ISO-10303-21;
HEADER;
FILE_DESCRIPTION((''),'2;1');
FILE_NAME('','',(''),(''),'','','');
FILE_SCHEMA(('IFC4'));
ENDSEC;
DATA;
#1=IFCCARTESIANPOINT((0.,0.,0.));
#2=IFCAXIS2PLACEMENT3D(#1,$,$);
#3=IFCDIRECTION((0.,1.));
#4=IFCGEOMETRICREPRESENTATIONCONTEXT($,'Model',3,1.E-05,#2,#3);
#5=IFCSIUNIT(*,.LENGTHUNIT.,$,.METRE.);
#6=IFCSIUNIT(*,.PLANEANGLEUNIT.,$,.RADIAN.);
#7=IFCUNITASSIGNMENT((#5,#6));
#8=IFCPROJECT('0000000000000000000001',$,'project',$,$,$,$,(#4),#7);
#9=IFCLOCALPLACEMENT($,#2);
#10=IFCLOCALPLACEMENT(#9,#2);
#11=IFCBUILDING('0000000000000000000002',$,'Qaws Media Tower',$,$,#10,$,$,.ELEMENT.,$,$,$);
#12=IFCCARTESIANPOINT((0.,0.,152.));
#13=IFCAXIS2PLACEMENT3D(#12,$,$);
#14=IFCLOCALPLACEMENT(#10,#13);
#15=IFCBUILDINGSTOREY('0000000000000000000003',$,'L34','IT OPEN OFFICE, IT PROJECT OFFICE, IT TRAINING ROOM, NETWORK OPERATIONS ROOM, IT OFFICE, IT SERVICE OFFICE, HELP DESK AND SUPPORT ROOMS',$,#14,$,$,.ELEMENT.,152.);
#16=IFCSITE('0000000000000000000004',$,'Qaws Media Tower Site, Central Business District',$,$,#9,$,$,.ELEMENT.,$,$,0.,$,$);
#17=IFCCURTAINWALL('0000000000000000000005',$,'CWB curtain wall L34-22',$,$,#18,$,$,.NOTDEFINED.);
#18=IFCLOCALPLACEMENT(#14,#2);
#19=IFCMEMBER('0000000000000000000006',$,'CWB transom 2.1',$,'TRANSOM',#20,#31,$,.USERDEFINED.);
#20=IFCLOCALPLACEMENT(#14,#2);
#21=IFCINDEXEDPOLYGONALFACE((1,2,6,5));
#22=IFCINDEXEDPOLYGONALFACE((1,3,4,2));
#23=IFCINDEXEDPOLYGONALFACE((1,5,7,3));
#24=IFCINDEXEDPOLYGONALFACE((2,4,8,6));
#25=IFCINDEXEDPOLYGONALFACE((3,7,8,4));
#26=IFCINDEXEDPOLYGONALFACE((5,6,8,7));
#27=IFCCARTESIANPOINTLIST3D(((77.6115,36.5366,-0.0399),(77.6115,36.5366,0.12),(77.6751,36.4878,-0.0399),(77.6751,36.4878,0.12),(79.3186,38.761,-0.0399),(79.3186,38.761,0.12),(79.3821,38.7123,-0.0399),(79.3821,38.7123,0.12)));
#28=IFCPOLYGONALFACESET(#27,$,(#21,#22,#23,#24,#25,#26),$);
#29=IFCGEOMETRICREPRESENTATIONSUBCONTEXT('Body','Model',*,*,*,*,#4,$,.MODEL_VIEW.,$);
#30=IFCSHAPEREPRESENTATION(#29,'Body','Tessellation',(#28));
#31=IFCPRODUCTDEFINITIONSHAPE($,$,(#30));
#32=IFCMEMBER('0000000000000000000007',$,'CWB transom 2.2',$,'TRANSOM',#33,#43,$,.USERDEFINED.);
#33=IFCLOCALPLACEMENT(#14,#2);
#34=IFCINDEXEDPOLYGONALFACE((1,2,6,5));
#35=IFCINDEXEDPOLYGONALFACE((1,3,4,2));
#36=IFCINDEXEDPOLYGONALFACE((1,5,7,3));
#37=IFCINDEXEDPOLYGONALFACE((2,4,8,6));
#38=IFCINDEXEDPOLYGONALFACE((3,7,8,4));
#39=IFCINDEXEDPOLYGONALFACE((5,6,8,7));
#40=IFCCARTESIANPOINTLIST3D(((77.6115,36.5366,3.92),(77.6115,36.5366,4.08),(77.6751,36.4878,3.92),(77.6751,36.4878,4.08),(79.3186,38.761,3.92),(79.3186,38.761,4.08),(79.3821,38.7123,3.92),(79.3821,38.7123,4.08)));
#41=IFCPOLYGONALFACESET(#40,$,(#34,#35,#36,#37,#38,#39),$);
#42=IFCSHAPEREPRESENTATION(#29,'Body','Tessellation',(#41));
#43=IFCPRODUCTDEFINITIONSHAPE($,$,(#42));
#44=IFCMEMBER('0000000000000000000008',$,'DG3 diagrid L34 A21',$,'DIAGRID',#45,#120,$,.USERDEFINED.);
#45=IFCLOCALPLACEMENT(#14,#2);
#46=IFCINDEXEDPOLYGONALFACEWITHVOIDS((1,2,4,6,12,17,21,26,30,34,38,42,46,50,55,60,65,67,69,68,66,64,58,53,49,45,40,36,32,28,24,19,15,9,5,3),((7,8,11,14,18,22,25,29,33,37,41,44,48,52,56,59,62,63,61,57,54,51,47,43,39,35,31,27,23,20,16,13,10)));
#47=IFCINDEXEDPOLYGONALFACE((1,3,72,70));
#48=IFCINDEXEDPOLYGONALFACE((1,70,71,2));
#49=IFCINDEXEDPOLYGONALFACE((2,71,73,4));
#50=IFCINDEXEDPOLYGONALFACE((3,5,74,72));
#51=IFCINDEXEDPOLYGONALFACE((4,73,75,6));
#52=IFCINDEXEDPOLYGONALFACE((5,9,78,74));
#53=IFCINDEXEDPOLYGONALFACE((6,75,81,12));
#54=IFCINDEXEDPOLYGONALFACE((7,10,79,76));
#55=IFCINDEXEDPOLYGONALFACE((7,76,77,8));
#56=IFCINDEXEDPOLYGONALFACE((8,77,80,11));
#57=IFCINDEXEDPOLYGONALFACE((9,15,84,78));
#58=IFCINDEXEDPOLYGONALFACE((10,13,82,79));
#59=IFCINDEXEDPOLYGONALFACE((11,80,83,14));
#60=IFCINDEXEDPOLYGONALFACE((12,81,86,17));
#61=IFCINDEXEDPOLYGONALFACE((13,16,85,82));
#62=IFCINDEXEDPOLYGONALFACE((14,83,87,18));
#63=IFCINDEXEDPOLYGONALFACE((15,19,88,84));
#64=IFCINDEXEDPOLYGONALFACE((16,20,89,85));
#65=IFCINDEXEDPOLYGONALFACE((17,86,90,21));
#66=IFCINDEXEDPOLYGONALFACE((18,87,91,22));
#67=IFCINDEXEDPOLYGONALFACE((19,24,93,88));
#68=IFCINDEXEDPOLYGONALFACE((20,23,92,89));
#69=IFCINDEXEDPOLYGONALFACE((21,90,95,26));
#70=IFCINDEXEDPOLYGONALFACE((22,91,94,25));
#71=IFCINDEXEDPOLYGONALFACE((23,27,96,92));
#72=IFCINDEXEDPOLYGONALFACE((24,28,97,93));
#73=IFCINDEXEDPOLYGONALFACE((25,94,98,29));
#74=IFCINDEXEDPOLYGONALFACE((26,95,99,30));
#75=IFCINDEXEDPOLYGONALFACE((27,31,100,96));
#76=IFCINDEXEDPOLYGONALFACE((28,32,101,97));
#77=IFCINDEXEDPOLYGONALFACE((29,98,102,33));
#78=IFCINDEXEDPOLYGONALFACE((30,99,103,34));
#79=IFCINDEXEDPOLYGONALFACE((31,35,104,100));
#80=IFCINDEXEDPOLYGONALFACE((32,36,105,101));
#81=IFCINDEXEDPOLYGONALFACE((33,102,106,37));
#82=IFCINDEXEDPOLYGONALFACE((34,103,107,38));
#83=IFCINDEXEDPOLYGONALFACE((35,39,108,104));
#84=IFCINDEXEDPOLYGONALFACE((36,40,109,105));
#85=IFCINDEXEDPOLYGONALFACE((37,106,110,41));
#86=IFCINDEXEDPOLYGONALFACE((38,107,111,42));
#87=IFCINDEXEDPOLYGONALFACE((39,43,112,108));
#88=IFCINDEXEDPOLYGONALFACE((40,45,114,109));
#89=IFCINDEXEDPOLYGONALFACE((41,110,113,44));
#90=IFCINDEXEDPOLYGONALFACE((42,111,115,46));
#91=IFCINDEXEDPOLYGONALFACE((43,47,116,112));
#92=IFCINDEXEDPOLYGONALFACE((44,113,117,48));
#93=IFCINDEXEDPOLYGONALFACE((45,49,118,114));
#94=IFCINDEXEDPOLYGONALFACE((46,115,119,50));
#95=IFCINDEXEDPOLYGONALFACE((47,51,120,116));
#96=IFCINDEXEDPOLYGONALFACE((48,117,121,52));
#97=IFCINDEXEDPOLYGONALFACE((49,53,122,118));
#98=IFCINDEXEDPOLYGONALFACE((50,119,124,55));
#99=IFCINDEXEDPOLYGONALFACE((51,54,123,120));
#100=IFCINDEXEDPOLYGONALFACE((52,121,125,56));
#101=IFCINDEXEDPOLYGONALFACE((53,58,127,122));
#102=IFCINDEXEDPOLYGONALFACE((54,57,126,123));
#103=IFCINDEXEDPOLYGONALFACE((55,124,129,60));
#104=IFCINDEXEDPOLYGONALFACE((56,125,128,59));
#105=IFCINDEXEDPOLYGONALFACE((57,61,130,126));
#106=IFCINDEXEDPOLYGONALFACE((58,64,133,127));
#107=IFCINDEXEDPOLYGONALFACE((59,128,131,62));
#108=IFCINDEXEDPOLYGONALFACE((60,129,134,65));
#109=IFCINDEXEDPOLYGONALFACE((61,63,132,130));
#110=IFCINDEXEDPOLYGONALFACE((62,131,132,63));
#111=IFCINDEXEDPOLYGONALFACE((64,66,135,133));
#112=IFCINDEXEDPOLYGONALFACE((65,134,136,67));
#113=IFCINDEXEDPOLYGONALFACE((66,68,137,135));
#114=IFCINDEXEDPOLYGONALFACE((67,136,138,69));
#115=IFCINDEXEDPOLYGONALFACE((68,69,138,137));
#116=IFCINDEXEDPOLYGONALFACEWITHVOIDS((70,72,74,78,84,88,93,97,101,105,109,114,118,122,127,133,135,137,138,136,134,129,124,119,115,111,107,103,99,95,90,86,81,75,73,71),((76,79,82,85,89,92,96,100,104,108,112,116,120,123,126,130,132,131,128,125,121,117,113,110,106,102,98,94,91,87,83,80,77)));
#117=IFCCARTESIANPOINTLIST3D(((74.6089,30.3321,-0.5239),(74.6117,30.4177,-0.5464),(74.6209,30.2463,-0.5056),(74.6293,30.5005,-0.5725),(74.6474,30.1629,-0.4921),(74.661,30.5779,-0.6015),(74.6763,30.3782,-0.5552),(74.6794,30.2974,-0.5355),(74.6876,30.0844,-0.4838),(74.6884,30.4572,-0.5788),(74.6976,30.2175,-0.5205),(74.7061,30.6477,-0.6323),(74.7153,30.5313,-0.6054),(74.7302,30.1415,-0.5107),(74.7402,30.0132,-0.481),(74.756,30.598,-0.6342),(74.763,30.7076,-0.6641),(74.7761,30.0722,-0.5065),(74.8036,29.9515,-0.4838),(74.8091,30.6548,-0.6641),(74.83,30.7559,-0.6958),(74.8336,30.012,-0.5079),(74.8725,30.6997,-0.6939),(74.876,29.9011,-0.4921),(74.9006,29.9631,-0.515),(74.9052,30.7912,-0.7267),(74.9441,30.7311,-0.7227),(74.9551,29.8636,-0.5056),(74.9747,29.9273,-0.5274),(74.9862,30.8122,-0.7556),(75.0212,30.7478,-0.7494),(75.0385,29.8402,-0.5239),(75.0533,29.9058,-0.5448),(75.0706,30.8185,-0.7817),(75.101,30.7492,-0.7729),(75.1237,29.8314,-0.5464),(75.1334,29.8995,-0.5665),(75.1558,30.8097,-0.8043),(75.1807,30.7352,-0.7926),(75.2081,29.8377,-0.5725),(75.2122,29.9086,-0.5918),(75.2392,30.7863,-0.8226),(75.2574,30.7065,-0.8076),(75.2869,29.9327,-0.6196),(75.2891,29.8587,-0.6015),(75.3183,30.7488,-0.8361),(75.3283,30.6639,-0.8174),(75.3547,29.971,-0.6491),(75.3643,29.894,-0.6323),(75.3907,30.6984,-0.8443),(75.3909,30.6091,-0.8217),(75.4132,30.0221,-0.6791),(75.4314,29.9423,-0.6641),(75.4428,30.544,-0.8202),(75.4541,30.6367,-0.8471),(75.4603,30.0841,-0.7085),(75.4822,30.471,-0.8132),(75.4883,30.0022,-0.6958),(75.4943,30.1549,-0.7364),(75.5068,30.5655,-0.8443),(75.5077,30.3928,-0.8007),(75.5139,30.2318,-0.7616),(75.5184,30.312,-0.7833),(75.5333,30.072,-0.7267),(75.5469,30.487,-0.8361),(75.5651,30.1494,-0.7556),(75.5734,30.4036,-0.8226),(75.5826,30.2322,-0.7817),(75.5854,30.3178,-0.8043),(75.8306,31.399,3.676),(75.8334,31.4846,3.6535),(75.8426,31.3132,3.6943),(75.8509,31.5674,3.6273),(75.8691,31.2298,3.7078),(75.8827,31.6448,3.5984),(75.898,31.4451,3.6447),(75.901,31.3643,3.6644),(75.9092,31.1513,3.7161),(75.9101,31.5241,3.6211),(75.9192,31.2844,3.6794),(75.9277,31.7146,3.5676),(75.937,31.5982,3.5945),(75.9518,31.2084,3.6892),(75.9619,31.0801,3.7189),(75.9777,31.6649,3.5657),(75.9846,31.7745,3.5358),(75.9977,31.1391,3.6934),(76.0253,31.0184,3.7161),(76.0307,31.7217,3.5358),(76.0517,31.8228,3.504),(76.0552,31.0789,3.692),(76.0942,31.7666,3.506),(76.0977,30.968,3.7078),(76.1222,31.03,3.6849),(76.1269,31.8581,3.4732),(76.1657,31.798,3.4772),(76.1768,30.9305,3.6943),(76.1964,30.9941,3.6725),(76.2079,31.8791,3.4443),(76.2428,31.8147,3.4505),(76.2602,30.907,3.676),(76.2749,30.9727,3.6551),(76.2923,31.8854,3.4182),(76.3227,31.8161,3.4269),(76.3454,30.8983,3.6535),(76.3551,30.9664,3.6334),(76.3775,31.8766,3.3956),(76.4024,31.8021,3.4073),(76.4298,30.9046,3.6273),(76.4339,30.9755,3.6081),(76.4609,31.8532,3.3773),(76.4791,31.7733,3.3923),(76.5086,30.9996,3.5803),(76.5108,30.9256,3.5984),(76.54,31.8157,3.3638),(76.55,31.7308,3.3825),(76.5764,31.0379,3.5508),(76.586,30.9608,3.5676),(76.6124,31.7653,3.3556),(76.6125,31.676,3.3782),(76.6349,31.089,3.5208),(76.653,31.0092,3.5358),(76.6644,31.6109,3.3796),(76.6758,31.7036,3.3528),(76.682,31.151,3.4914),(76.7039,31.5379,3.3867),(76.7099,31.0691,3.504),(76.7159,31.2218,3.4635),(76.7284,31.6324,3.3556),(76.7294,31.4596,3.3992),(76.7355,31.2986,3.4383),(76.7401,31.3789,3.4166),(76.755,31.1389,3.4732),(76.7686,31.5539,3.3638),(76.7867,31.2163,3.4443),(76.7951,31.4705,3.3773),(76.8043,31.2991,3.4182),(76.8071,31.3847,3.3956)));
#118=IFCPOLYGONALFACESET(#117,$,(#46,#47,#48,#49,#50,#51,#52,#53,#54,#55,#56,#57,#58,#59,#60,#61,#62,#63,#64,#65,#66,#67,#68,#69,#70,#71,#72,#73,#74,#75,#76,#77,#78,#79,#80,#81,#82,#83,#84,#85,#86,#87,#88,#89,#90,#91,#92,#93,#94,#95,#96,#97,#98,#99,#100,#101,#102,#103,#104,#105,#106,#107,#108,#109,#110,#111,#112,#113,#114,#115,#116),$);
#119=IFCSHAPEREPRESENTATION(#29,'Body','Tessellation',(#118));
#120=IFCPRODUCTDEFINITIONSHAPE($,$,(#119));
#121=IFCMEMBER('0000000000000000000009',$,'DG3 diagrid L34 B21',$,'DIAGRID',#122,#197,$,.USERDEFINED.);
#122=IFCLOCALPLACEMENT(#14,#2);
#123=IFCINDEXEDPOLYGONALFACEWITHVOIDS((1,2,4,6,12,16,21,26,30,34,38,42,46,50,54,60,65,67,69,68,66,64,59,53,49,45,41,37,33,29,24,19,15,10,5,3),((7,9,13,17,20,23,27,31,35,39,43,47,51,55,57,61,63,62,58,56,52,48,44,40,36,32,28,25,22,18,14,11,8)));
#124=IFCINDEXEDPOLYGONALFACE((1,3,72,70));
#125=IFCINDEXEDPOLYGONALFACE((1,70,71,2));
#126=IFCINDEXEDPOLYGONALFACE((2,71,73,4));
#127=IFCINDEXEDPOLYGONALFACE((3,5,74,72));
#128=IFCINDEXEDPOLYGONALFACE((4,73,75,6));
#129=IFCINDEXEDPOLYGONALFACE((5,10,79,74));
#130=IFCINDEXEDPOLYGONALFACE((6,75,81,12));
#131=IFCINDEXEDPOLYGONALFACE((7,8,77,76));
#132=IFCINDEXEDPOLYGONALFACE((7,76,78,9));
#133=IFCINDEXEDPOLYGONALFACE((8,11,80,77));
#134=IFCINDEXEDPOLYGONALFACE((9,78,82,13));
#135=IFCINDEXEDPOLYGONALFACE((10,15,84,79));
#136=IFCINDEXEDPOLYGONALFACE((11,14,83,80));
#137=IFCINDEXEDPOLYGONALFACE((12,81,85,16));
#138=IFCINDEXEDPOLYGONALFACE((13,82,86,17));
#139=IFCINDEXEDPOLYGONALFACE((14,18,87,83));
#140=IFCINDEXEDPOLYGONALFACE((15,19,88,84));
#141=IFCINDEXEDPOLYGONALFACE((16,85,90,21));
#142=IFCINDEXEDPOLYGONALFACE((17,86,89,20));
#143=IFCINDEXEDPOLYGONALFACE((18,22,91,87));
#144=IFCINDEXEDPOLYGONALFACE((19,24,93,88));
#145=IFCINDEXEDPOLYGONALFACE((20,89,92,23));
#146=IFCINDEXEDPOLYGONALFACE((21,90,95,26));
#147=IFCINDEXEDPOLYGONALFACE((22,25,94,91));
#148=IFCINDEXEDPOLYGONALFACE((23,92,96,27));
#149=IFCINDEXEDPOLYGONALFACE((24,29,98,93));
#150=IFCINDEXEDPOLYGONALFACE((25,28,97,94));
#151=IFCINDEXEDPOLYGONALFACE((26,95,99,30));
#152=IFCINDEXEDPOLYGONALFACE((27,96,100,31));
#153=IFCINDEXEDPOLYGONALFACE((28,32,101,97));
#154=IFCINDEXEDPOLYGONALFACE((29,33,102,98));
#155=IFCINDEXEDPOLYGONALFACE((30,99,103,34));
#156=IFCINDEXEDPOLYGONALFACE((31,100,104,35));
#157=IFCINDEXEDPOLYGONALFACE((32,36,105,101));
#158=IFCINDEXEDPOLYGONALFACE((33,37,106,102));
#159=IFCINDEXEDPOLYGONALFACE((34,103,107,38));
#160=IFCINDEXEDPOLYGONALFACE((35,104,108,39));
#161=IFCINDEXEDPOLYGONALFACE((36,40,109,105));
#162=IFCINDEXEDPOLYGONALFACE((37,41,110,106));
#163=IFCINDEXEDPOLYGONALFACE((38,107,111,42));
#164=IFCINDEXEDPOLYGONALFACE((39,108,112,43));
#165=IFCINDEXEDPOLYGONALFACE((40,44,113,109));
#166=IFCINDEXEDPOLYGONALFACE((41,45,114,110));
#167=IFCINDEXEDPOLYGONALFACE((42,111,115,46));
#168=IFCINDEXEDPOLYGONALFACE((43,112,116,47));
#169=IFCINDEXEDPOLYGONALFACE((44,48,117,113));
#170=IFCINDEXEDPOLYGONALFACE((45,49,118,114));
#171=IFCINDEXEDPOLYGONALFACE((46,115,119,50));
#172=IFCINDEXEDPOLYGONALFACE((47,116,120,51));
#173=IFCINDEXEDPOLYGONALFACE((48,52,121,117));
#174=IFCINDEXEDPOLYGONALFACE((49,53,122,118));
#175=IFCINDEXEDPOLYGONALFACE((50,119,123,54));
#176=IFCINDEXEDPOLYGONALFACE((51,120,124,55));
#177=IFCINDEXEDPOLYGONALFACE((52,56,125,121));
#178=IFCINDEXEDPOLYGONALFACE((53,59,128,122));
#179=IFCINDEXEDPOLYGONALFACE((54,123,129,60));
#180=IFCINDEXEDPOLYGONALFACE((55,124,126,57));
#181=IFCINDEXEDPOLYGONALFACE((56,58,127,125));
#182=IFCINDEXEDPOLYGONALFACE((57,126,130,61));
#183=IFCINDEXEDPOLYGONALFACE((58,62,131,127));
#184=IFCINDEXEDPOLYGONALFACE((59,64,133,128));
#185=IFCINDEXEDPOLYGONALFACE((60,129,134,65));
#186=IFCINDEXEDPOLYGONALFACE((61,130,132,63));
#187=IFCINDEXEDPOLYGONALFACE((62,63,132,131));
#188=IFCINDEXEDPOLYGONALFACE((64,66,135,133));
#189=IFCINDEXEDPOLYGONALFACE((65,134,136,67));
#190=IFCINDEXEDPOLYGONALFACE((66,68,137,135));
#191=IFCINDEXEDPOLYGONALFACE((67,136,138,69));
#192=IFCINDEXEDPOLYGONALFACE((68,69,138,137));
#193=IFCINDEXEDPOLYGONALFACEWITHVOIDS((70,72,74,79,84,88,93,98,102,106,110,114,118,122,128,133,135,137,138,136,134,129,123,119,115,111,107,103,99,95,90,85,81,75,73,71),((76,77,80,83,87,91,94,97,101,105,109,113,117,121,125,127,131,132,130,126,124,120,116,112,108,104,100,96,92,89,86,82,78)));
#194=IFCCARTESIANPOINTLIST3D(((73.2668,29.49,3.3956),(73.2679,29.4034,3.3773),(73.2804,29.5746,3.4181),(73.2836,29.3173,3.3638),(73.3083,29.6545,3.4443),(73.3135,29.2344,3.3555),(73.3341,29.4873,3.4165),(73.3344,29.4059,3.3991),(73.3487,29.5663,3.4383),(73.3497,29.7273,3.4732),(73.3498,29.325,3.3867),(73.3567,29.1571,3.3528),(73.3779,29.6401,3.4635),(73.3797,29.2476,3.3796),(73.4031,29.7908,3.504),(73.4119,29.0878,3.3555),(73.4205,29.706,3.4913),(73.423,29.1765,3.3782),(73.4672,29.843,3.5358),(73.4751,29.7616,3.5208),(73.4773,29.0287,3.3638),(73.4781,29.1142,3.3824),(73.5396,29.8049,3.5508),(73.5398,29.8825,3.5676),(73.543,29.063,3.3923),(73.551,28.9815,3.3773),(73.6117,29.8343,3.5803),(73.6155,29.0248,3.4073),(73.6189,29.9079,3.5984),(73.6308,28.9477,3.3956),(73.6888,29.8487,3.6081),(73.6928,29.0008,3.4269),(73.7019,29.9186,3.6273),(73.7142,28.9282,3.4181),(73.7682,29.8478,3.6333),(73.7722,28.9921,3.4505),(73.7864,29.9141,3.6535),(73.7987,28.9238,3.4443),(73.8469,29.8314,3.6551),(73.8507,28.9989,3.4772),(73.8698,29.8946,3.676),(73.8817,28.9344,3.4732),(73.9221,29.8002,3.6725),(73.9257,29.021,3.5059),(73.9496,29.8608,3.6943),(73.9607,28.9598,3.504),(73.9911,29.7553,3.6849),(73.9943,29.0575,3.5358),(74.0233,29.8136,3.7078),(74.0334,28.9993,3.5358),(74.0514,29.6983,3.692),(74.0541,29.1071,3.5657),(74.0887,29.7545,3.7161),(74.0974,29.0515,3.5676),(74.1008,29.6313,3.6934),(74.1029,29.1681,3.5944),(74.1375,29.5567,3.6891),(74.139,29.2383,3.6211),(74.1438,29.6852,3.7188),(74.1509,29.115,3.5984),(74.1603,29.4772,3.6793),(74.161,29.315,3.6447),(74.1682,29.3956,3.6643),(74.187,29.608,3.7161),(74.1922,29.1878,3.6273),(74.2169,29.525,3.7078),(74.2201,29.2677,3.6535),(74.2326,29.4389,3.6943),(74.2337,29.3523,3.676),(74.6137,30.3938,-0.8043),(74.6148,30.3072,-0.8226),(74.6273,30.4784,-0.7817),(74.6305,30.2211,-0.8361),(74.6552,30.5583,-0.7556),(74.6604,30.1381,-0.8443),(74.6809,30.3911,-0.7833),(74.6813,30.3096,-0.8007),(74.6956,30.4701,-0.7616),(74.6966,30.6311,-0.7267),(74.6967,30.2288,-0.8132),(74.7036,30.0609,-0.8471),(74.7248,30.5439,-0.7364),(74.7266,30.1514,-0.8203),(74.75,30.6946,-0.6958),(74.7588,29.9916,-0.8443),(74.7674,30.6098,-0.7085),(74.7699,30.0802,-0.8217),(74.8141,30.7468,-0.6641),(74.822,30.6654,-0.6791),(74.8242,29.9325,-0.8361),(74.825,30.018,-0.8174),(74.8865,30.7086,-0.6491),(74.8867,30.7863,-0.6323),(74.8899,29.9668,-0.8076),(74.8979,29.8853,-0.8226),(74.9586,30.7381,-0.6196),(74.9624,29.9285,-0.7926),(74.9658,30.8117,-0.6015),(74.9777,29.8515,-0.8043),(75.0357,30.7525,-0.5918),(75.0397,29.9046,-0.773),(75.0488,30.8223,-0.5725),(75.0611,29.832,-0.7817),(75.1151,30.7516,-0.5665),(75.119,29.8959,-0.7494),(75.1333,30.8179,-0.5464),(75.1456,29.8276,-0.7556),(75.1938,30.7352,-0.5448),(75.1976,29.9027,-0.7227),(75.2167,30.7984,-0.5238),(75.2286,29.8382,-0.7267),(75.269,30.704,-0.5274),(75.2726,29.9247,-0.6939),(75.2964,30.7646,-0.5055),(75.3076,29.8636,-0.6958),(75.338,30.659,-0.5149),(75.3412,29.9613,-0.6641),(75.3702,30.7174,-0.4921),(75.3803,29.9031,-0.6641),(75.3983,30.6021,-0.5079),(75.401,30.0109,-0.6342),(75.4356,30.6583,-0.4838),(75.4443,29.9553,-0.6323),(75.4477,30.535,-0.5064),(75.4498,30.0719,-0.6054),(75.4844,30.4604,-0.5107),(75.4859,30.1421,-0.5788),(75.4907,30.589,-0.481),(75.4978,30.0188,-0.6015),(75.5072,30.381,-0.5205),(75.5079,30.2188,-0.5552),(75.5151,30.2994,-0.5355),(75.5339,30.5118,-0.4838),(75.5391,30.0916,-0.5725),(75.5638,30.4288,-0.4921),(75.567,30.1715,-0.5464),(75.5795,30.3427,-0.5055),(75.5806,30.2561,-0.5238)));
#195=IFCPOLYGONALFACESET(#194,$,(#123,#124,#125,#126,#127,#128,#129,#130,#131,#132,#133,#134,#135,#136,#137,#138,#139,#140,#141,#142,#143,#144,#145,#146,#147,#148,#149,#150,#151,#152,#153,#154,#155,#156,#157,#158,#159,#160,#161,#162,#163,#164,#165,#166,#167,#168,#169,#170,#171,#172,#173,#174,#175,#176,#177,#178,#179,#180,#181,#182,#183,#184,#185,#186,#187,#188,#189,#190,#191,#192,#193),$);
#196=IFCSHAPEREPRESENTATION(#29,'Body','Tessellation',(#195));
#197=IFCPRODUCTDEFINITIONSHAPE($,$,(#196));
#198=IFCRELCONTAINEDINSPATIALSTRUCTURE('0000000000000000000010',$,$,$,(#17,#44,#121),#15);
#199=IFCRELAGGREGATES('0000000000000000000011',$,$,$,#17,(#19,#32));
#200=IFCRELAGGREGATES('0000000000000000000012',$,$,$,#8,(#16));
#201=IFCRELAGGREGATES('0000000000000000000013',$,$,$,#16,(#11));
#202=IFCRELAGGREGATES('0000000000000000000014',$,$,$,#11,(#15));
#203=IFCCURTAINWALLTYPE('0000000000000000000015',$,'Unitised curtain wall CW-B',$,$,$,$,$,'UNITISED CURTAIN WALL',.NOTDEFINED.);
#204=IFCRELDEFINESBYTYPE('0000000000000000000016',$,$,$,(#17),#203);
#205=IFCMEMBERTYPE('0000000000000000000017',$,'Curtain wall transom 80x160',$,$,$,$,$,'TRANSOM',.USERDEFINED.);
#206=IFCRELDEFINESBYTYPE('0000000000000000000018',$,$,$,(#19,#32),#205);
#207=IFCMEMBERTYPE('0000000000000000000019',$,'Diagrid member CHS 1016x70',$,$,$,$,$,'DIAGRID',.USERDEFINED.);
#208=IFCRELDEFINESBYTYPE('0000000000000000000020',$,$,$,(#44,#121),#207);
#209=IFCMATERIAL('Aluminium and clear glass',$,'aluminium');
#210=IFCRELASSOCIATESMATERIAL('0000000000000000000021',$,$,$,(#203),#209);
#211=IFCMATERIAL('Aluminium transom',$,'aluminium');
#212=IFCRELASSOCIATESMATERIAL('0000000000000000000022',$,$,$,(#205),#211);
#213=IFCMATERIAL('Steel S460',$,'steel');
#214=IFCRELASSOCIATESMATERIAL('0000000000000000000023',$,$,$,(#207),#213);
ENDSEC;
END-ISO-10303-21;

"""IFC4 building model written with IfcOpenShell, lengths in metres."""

from ifc_helpers import new_model, si_unit, direction, frame, origin, origin_2d, place, context, subcontext, project, spatial, rectangle, hollow_circle, extrude, material, material_profile, profile_set, type_object, element, aggregate, save


model = new_model("IFC4")

# Units and contexts
model_context = context("Model", 3, precision=1e-05, world=origin(), true_north=direction((0.0, 1.0)))
body_context = subcontext(model_context, "Body", "Model", "MODEL_VIEW")
ifc_project = project(units=[si_unit("LENGTHUNIT", "METRE"), si_unit("PLANEANGLEUNIT", "RADIAN")], contexts=[model_context])

# Site, building, storey
site_placement = place(None, origin())
site = spatial("IfcSite", under=ifc_project, at=site_placement, Name="Qaws Media Tower Site, Central Business District", CompositionType="ELEMENT", RefElevation=0.0)
building_placement = place(site_placement, origin())
building = spatial("IfcBuilding", under=site, at=building_placement, Name="Qaws Media Tower", CompositionType="ELEMENT")
storey_placement = place(building_placement, frame((0.0, 0.0, 152.0)))
storey = spatial("IfcBuildingStorey", under=building, at=storey_placement, Name="L34", Description="IT OPEN OFFICE, IT PROJECT OFFICE, IT TRAINING ROOM, NETWORK OPERATIONS ROOM, IT OFFICE, IT SERVICE OFFICE, HELP DESK AND SUPPORT ROOMS", CompositionType="ELEMENT", Elevation=152.0)

# Shared definitions
ifc_material_1 = material(Name="Aluminium and clear glass", Category="aluminium")
curtain_wall_type = type_object("IfcCurtainWallType", Name="Unitised curtain wall CW-B", ElementType="UNITISED CURTAIN WALL", PredefinedType="NOTDEFINED", material=ifc_material_1)

# Curtain wall
curtain_wall_1_placement = place(storey_placement, origin())
curtain_wall_1 = element("IfcCurtainWall", 1, at=curtain_wall_1_placement, inside=storey, type_object=curtain_wall_type, Name="CWB curtain wall L34-22", PredefinedType="NOTDEFINED")

# Members
ifc_material_2 = material(Name="Aluminium transom", Category="aluminium")
ifc_material_profile_1 = material_profile(ifc_material_2, rectangle(XDim=0.0801, YDim=0.1599, at=origin_2d()), Name="80x160")
ifc_profile_set_1 = profile_set([ifc_material_profile_1], Name="Aluminium transom")
member_type_1 = type_object("IfcMemberType", Name="Curtain wall transom 80x160", ElementType="TRANSOM", PredefinedType="USERDEFINED", material=ifc_profile_set_1)
member_1_placement = place(storey_placement, frame((77.6433, 36.5122, 0.04), z_axis=(0.60881, 0.793316, 0.0), x_axis=(-0.793316, 0.60881, 0.0)))
member_1 = element("IfcMember", 2, at=member_1_placement, type_object=member_type_1, Name="CWB transom 2.1", ObjectType="TRANSOM", PredefinedType="USERDEFINED", context=body_context, shape_type="SweptSolid", body=[
    extrude(rectangle(XDim=0.0801, YDim=0.1599, at=origin_2d()), origin(), (0.0, 0.0, 1.0), 2.804),
])
member_2_placement = place(storey_placement, frame((77.6433, 36.5122, 4.0), z_axis=(0.60881, 0.793316, 0.0), x_axis=(-0.793316, 0.60881, 0.0)))
member_2 = element("IfcMember", 3, at=member_2_placement, type_object=member_type_1, Name="CWB transom 2.2", ObjectType="TRANSOM", PredefinedType="USERDEFINED", context=body_context, shape_type="SweptSolid", body=[
    extrude(rectangle(XDim=0.0801, YDim=0.1599, at=origin_2d()), origin(), (0.0, 0.0, 1.0), 2.804),
])

# Members
ifc_material_3 = material(Name="Steel S460", Category="steel")
ifc_material_profile_2 = material_profile(ifc_material_3, hollow_circle(Radius=0.5081, WallThickness=0.0701, at=origin_2d()), Name="CHS 1016x70")
ifc_profile_set_2 = profile_set([ifc_material_profile_2], Name="Steel S460")
member_type_2 = type_object("IfcMemberType", Name="Diagrid member CHS 1016x70", ElementType="DIAGRID", PredefinedType="USERDEFINED", material=ifc_profile_set_2)
for number, where, z_axis, x_axis, name in (
    (4, (75.0972, 30.325, -0.6641), (0.271348, 0.236969, 0.932854), (-0.65778, 0.75321, 0.0), "DG3 diagrid L34 A21"),
    (5, (75.0972, 30.325, -0.6641), (-0.299164, -0.200744, 0.932847), (0.557199, -0.830379, 0.0), "DG3 diagrid L34 B21"),
):
    element("IfcMember", number, at=place(storey_placement, frame(where, z_axis=z_axis, x_axis=x_axis)), inside=storey, type_object=member_type_2, Name=name, ObjectType="DIAGRID", PredefinedType="USERDEFINED", context=body_context, shape_type="SweptSolid", body=[
        extrude(hollow_circle(Radius=0.5081, WallThickness=0.0701, at=origin_2d()), origin(), (0.0, 0.0, 1.0), 4.5022),
    ])

aggregate(curtain_wall_1, [member_1, member_2])

save(model, "model.ifc")
